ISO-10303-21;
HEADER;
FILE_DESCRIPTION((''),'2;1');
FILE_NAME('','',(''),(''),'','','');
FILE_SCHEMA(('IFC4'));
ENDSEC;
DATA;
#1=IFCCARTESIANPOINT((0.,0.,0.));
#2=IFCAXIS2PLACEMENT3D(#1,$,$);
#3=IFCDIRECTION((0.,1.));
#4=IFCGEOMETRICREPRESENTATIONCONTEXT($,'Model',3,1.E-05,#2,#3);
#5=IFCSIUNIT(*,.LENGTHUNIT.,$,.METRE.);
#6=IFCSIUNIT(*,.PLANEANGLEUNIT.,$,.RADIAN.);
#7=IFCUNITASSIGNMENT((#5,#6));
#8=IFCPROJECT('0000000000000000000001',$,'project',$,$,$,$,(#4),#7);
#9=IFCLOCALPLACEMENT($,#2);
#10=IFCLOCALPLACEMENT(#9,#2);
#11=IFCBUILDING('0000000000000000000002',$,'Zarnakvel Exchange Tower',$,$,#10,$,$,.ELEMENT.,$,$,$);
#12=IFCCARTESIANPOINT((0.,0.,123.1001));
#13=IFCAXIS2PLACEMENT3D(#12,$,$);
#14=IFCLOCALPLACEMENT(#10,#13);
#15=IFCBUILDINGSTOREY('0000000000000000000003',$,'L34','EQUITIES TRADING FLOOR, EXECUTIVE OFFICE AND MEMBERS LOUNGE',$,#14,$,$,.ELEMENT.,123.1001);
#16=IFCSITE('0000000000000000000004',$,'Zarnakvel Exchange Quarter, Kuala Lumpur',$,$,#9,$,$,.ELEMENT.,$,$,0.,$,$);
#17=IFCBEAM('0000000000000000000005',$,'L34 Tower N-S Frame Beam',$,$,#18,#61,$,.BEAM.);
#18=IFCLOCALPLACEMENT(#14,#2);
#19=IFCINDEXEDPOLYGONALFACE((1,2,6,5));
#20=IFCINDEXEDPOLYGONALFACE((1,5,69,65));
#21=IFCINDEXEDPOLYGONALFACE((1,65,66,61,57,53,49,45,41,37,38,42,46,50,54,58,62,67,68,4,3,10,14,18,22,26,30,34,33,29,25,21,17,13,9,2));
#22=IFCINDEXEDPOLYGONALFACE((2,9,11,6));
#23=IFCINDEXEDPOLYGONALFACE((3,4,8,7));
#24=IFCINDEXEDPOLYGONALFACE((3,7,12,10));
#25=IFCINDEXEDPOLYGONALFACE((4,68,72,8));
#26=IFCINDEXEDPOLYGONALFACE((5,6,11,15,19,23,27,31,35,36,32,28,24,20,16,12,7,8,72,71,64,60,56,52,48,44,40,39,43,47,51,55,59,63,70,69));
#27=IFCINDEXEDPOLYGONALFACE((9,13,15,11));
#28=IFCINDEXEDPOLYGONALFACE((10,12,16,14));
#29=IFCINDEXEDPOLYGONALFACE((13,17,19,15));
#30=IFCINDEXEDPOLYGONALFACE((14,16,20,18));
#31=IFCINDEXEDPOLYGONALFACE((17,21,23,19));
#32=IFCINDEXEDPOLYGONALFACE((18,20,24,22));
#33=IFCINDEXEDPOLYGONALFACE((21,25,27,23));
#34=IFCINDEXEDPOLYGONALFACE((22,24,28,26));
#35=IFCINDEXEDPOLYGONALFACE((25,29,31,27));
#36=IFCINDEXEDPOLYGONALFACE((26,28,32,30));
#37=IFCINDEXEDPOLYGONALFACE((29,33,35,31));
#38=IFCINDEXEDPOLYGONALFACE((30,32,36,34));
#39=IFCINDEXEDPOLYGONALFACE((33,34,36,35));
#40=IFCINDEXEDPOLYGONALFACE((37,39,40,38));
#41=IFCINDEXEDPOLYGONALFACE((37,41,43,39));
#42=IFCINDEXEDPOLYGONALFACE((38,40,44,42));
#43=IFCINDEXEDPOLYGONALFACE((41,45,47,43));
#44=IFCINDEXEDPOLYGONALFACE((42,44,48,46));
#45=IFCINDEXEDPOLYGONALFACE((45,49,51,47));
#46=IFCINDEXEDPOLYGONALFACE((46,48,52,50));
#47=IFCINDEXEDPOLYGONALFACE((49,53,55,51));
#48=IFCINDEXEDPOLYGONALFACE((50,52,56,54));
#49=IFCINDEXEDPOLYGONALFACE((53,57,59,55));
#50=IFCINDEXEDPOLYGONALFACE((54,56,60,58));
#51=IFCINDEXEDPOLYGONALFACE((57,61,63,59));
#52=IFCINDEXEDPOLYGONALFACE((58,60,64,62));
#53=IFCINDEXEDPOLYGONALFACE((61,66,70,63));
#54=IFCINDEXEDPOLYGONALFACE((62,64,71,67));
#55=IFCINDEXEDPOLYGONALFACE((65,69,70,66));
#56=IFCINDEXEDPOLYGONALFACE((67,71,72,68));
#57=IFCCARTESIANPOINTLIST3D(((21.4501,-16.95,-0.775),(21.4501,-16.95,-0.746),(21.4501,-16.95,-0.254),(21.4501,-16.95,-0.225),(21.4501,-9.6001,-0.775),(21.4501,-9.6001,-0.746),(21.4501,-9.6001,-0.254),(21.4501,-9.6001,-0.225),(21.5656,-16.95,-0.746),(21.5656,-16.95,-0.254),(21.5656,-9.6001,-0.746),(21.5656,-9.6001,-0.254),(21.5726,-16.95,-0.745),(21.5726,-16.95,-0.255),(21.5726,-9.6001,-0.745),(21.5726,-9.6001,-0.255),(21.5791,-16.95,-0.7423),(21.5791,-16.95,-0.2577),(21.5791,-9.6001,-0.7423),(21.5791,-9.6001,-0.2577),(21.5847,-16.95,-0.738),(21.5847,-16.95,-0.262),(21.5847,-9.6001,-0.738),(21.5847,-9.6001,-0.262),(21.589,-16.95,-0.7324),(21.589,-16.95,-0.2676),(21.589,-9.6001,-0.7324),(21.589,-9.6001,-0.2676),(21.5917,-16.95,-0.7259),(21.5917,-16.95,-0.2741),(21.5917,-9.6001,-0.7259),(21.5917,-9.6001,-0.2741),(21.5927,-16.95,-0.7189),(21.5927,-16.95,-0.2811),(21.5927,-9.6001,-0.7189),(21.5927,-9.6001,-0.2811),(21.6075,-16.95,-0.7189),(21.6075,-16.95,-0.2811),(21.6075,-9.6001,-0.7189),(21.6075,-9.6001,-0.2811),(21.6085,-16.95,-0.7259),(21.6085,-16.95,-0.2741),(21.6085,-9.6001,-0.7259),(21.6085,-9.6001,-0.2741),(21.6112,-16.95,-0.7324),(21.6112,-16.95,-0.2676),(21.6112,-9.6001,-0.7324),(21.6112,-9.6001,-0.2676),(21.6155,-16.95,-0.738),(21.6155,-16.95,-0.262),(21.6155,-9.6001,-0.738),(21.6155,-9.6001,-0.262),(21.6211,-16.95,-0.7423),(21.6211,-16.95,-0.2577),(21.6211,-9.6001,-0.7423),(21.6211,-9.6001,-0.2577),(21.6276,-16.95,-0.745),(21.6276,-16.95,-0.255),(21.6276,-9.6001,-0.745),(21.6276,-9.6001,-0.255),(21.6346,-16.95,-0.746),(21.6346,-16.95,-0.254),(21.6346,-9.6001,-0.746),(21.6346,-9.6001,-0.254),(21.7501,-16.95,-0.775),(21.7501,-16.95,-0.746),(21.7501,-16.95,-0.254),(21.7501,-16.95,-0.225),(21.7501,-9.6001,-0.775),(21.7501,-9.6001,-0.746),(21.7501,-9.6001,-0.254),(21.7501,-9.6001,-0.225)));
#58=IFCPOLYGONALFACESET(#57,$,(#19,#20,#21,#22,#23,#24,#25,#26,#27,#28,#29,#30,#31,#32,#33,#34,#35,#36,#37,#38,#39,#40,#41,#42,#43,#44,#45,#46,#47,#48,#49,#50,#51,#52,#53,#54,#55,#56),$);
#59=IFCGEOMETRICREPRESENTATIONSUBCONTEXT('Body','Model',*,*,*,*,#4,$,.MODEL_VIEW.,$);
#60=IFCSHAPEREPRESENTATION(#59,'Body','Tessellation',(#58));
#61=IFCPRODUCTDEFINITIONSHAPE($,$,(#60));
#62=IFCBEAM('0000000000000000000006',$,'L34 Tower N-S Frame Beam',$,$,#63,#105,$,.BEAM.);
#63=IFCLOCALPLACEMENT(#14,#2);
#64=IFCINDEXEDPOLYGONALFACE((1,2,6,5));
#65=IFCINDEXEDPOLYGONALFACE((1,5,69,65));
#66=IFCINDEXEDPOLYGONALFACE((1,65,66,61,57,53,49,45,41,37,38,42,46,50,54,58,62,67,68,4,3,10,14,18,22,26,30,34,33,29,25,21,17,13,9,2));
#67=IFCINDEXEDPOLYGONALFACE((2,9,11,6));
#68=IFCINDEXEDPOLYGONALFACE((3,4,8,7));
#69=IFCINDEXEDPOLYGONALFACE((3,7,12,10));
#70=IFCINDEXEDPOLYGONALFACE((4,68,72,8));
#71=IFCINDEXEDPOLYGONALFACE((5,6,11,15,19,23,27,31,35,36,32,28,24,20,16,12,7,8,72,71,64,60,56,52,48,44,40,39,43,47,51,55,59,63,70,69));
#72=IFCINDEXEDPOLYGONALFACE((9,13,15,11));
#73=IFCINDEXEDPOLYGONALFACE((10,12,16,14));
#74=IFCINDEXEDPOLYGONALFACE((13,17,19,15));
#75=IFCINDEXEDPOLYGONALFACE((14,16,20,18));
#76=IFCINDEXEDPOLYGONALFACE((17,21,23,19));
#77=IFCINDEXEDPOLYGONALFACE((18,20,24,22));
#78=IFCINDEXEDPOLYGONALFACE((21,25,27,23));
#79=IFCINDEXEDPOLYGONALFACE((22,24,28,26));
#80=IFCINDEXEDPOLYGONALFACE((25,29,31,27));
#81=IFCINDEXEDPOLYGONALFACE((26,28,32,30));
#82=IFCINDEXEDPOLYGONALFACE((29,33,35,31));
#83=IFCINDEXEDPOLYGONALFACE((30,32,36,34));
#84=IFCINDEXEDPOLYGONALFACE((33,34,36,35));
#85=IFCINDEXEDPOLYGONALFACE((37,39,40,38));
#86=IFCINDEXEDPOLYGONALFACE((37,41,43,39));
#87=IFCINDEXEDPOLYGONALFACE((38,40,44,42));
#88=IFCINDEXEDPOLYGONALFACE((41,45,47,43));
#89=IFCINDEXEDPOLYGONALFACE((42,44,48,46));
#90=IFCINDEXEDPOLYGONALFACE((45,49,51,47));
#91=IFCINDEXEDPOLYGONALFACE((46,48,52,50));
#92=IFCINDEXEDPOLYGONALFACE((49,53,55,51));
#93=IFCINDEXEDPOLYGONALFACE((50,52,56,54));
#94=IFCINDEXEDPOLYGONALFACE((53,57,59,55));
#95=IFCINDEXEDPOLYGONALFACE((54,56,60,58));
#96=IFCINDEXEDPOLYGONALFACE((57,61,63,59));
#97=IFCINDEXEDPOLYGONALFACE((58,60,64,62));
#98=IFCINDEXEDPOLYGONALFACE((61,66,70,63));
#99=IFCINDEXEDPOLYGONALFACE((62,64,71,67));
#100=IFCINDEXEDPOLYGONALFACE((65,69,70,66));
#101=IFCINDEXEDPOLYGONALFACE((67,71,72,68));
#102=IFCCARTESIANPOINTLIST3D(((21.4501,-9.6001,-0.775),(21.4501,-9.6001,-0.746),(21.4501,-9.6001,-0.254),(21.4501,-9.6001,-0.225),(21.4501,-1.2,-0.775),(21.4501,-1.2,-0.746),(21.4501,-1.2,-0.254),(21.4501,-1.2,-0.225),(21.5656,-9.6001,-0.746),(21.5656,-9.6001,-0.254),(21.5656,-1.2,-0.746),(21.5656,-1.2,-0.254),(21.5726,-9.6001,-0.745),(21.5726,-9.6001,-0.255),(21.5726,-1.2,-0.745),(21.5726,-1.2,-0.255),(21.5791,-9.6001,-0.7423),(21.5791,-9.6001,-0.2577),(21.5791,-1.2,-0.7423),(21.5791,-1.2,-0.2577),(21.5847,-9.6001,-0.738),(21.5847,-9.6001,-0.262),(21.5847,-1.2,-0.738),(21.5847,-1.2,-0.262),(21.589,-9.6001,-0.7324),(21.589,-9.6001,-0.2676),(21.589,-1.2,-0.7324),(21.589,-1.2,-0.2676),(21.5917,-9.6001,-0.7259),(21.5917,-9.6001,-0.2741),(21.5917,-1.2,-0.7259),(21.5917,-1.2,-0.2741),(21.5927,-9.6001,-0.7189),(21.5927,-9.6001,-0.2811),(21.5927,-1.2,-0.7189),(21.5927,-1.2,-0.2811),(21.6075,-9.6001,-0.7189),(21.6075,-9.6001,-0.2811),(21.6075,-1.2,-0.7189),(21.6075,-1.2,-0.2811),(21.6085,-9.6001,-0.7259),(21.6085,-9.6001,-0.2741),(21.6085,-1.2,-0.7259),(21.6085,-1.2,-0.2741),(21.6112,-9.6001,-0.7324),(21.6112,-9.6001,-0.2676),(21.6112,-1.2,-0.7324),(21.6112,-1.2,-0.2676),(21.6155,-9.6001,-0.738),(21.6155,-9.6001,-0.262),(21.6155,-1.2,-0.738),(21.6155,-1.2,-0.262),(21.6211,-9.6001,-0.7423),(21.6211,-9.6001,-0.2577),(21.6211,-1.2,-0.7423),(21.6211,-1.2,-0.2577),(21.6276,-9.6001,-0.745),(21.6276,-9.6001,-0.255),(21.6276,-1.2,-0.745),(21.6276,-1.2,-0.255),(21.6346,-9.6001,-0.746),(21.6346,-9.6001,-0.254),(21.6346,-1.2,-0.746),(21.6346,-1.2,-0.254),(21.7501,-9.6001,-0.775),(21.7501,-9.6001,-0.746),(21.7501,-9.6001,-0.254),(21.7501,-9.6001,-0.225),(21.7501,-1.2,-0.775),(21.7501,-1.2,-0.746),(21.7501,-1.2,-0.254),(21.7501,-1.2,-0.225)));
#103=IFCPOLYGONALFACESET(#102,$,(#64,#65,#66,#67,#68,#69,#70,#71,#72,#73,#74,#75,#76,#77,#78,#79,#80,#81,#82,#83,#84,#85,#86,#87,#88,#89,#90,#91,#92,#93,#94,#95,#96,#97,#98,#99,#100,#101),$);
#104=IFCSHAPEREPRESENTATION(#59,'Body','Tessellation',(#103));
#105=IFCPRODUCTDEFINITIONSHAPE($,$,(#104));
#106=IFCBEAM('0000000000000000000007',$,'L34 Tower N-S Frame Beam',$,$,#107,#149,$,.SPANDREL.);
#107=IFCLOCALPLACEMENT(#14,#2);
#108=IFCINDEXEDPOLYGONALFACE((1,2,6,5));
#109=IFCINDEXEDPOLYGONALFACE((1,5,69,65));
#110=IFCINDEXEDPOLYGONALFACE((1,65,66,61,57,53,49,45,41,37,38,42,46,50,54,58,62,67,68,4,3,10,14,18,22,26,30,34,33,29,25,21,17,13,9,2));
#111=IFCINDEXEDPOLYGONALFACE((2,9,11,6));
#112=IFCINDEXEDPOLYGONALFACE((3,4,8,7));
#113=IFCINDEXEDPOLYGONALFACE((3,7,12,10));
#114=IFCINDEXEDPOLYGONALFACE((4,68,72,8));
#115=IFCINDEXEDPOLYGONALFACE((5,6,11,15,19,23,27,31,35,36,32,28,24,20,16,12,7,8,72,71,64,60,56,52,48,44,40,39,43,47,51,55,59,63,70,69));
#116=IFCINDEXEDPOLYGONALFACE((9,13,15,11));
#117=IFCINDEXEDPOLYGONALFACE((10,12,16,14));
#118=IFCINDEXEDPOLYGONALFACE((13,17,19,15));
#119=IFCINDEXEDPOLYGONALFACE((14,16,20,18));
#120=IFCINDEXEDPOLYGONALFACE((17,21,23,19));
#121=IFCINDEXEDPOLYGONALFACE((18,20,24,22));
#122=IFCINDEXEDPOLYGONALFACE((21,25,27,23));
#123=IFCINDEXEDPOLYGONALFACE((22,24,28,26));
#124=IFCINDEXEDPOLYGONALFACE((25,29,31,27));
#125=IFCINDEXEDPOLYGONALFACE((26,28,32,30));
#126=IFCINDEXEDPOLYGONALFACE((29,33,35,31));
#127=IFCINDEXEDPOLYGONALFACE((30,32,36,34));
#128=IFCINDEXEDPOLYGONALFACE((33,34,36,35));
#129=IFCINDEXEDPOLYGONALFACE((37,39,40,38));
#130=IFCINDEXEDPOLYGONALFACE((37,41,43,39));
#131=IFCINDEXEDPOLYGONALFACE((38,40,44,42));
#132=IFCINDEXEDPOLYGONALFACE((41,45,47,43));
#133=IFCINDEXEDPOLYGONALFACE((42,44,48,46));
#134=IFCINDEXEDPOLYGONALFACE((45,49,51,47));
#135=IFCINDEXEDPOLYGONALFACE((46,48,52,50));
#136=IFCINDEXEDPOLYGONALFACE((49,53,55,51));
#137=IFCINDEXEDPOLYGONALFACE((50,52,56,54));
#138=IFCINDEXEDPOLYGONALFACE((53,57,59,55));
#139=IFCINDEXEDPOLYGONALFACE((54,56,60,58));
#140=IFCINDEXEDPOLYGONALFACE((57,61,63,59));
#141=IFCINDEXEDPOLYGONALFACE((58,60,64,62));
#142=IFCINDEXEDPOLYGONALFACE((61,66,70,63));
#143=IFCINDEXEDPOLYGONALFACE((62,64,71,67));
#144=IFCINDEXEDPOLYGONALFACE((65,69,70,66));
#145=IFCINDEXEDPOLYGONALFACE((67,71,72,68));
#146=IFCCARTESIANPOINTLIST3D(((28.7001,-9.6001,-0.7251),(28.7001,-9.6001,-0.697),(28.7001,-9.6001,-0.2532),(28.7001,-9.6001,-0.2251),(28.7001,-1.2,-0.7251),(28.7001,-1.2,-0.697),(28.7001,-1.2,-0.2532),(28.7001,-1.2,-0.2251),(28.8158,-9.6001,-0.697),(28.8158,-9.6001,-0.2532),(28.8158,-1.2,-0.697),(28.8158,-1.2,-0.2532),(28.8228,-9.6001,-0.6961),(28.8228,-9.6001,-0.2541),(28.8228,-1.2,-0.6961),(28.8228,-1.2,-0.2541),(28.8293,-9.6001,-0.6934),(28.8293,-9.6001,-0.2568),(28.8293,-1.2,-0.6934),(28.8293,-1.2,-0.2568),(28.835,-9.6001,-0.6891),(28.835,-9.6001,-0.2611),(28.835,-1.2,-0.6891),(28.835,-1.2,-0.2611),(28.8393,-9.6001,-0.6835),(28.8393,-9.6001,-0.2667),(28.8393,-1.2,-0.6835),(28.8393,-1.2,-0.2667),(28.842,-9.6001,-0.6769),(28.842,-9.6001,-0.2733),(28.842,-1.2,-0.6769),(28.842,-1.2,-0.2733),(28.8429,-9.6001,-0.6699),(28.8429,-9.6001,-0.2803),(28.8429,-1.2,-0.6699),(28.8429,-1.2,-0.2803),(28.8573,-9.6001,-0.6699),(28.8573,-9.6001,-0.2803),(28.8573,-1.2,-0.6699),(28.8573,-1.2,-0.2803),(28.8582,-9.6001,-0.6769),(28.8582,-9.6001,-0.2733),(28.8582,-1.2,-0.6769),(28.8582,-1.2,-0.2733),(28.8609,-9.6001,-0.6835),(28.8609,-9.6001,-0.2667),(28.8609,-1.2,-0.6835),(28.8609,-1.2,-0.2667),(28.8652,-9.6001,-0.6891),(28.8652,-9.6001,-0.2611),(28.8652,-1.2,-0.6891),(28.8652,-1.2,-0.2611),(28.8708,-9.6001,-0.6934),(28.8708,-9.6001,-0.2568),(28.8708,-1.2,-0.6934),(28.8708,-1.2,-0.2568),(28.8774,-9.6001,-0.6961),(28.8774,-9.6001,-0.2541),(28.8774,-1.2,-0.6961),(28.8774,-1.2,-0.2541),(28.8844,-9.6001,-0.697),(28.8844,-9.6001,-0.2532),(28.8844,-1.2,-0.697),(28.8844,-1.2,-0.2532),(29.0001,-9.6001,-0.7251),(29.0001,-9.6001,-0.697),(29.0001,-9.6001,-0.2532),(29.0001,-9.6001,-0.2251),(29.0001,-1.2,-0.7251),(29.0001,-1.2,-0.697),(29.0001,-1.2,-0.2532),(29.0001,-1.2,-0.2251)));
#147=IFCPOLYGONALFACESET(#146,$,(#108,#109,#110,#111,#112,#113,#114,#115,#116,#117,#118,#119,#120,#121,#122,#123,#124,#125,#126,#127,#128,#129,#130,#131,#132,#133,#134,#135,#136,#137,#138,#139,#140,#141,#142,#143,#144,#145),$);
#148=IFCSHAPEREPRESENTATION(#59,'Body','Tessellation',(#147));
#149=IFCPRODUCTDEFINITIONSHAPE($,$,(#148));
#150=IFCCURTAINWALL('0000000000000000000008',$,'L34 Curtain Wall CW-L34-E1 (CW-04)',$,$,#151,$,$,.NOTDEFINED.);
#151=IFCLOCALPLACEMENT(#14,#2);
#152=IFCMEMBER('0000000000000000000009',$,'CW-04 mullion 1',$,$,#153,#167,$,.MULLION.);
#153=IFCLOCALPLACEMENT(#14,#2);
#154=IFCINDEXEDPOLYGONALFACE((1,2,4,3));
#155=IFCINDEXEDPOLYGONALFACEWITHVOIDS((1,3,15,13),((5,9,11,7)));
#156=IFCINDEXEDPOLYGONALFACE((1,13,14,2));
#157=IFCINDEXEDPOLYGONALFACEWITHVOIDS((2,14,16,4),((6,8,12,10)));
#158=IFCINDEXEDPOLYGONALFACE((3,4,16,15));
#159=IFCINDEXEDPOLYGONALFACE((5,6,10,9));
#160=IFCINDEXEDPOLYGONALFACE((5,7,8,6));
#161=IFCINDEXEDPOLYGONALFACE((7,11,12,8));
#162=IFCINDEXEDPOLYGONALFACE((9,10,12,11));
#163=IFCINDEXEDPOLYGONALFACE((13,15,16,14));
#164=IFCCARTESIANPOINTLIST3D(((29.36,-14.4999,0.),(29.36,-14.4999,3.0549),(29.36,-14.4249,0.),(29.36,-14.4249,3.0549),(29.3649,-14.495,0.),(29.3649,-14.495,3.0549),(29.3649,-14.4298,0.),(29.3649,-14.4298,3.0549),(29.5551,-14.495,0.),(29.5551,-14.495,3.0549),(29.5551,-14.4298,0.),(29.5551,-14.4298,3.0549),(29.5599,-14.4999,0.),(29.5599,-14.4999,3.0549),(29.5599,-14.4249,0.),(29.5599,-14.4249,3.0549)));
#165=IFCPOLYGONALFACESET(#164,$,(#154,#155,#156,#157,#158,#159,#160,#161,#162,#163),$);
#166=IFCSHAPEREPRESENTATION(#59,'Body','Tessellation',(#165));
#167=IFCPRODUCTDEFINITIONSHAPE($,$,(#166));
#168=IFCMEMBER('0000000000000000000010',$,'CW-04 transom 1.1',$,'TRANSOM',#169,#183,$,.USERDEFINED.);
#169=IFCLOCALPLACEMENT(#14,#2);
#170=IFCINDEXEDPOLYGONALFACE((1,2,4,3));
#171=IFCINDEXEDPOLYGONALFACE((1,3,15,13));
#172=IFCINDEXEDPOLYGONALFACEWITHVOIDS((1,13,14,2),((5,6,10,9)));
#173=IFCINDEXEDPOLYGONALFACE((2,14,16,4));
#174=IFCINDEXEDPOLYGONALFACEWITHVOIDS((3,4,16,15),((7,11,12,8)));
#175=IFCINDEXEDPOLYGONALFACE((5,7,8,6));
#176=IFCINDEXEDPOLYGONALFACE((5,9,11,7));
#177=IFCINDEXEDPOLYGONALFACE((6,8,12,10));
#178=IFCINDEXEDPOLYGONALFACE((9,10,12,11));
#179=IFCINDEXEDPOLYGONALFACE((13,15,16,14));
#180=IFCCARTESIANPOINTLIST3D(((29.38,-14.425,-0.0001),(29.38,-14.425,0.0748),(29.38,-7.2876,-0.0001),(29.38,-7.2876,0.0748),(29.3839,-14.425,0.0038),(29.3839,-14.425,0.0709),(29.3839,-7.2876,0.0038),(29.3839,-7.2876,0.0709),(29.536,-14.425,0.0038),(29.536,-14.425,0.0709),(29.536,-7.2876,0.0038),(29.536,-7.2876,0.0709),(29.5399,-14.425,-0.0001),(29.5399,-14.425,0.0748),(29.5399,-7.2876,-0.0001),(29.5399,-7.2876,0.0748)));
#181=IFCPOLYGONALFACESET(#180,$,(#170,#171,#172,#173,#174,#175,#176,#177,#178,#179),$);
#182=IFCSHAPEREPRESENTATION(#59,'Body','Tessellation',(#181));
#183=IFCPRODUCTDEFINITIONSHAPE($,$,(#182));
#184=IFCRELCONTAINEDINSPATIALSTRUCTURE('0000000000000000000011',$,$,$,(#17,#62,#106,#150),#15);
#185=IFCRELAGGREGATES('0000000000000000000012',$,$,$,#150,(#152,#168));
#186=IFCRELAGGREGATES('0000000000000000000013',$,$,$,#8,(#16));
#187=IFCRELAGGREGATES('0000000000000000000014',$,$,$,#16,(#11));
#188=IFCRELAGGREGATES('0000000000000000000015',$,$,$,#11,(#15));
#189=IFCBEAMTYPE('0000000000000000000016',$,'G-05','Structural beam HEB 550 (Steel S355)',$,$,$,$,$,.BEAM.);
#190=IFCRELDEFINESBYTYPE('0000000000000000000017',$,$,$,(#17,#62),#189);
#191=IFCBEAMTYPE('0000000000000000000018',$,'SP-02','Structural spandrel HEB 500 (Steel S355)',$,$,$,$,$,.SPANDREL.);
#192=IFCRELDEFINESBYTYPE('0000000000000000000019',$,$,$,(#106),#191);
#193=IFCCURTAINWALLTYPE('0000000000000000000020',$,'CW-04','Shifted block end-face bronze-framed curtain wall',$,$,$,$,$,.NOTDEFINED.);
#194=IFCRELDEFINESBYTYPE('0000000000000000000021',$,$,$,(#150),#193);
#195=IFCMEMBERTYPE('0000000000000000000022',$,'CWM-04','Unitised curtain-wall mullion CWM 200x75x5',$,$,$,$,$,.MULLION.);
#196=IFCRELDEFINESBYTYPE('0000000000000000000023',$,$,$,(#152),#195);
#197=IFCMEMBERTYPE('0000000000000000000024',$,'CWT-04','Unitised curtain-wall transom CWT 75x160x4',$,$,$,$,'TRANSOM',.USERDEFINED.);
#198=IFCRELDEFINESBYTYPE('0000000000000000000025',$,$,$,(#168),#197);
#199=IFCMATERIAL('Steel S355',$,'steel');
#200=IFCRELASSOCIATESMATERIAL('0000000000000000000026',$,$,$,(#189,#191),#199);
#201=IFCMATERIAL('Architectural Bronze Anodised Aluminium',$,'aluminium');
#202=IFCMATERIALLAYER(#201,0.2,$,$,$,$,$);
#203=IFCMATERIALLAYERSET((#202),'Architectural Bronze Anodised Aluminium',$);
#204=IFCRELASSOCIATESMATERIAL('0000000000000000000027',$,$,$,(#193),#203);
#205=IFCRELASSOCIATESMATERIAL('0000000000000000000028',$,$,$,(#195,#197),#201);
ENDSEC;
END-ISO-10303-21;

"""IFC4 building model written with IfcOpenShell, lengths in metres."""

from ifc_helpers import new_model, si_unit, direction, frame, origin, origin_2d, place, context, subcontext, project, spatial, hollow_rectangle, i_section, extrude, source, transform, mapped, material, layer, layer_set, material_profile, profile_set, type_object, element, aggregate, save


model = new_model("IFC4")

# Units and contexts
model_context = context("Model", 3, precision=1e-05, world=origin(), true_north=direction((0.0, 1.0)))
body_context = subcontext(model_context, "Body", "Model", "MODEL_VIEW")
ifc_project = project(units=[si_unit("LENGTHUNIT", "METRE"), si_unit("PLANEANGLEUNIT", "RADIAN")], contexts=[model_context])

# Site, building, storey
site_placement = place(None, origin())
site = spatial("IfcSite", under=ifc_project, at=site_placement, Name="Zarnakvel Exchange Quarter, Kuala Lumpur", CompositionType="ELEMENT", RefElevation=0.0)
building_placement = place(site_placement, origin())
building = spatial("IfcBuilding", under=site, at=building_placement, Name="Zarnakvel Exchange Tower", CompositionType="ELEMENT")
storey_placement = place(building_placement, frame((0.0, 0.0, 123.1001)))
storey = spatial("IfcBuildingStorey", under=building, at=storey_placement, Name="L34", Description="EQUITIES TRADING FLOOR, EXECUTIVE OFFICE AND MEMBERS LOUNGE", CompositionType="ELEMENT", Elevation=123.1001)

# Shared definitions
ifc_material_1 = material(Name="Steel S355", Category="steel")

# Beams
ifc_material_profile_1 = material_profile(ifc_material_1, i_section(OverallWidth=0.3, OverallDepth=0.55, WebThickness=0.0149, FlangeThickness=0.0291, FilletRadius=0.0271, at=origin_2d()))
ifc_profile_set_1 = profile_set([ifc_material_profile_1], Name="Steel S355")
beam_type_1 = type_object("IfcBeamType", Name="G-05", Description="Structural beam HEB 550 (Steel S355)", PredefinedType="BEAM", material=ifc_profile_set_1)
beam_1_placement = place(storey_placement, frame((21.6001, -16.95, -0.5), z_axis=(0.0, 1.0, 0.0), x_axis=(-1.0, 0.0, 0.0)))
element("IfcBeam", 1, at=beam_1_placement, inside=storey, type_object=beam_type_1, Name="L34 Tower N-S Frame Beam", PredefinedType="BEAM", context=body_context, shape_type="SweptSolid", body=[
    extrude(i_section(OverallWidth=0.3, OverallDepth=0.55, WebThickness=0.0149, FlangeThickness=0.0291, FilletRadius=0.0271, at=origin_2d()), origin(), (0.0, 0.0, 1.0), 7.3499),
])
beam_2_placement = place(storey_placement, frame((21.6001, -9.6001, -0.5), z_axis=(0.0, 1.0, 0.0), x_axis=(-1.0, 0.0, 0.0)))
element("IfcBeam", 2, at=beam_2_placement, inside=storey, type_object=beam_type_1, Name="L34 Tower N-S Frame Beam", PredefinedType="BEAM", context=body_context, shape_type="SweptSolid", body=[
    extrude(i_section(OverallWidth=0.3, OverallDepth=0.55, WebThickness=0.0149, FlangeThickness=0.0291, FilletRadius=0.0271, at=origin_2d()), origin(), (0.0, 0.0, 1.0), 8.4001),
])
ifc_material_profile_2 = material_profile(ifc_material_1, i_section(OverallWidth=0.3, OverallDepth=0.5, WebThickness=0.0144, FlangeThickness=0.0281, FilletRadius=0.0271, at=origin_2d()))
ifc_profile_set_2 = profile_set([ifc_material_profile_2], Name="Steel S355")
beam_type_2 = type_object("IfcBeamType", Name="SP-02", Description="Structural spandrel HEB 500 (Steel S355)", PredefinedType="SPANDREL", material=ifc_profile_set_2)
beam_3_placement = place(storey_placement, frame((28.8501, -9.6001, -0.4751), z_axis=(0.0, 1.0, 0.0), x_axis=(-1.0, 0.0, 0.0)))
element("IfcBeam", 3, at=beam_3_placement, inside=storey, type_object=beam_type_2, Name="L34 Tower N-S Frame Beam", PredefinedType="SPANDREL", context=body_context, shape_type="SweptSolid", body=[
    extrude(i_section(OverallWidth=0.3, OverallDepth=0.5, WebThickness=0.0144, FlangeThickness=0.0281, FilletRadius=0.0271, at=origin_2d()), origin(), (0.0, 0.0, 1.0), 8.4001),
])

# Curtain wall, members
ifc_material_2 = material(Name="Architectural Bronze Anodised Aluminium", Category="aluminium")
ifc_layer_1 = layer(ifc_material_2, 0.2)
ifc_layer_set_1 = layer_set([ifc_layer_1], Name="Architectural Bronze Anodised Aluminium")
curtain_wall_type = type_object("IfcCurtainWallType", Name="CW-04", Description="Shifted block end-face bronze-framed curtain wall", PredefinedType="NOTDEFINED", material=ifc_layer_set_1)
curtain_wall_placement = place(storey_placement, origin())
curtain_wall = element("IfcCurtainWall", 4, at=curtain_wall_placement, inside=storey, type_object=curtain_wall_type, Name="L34 Curtain Wall CW-L34-E1 (CW-04)", PredefinedType="NOTDEFINED")
ifc_material_profile_3 = material_profile(ifc_material_2, hollow_rectangle(XDim=0.2, YDim=0.075, WallThickness=0.0049, at=origin_2d()))
ifc_profile_set_3 = profile_set([ifc_material_profile_3], Name="Architectural Bronze Anodised Aluminium")
member_type_1 = type_object("IfcMemberType", Name="CWM-04", Description="Unitised curtain-wall mullion CWM 200x75x5", PredefinedType="MULLION", material=ifc_profile_set_3)
shared_shape_1 = source(origin(), body_context, "Body", "SweptSolid", [
    extrude(hollow_rectangle(XDim=0.2, YDim=0.075, WallThickness=0.0049, at=origin_2d()), origin(), (0.0, 0.0, 1.0), 3.0549),
])
member_1_placement = place(storey_placement, frame((29.46, -14.4624, 0.0), z_axis=(0.0, 0.0, 1.0), x_axis=(-1.0, 0.0, 0.0)))
member_1 = element("IfcMember", 5, at=member_1_placement, type_object=member_type_1, Name="CW-04 mullion 1", PredefinedType="MULLION", context=body_context, shape_type="MappedRepresentation", body=[
    mapped(shared_shape_1, transform((0.0, 0.0, 0.0), x_axis=(1.0, 0.0, 0.0), y_axis=(0.0, 1.0, 0.0), z_axis=(0.0, 0.0, 1.0), scale=1.0)),
])
ifc_material_profile_4 = material_profile(ifc_material_2, hollow_rectangle(XDim=0.1599, YDim=0.075, WallThickness=0.0039, at=origin_2d()))
ifc_profile_set_4 = profile_set([ifc_material_profile_4], Name="Architectural Bronze Anodised Aluminium")
member_type_2 = type_object("IfcMemberType", Name="CWT-04", Description="Unitised curtain-wall transom CWT 75x160x4", ElementType="TRANSOM", PredefinedType="USERDEFINED", material=ifc_profile_set_4)
shared_shape_2 = source(origin(), body_context, "Body", "SweptSolid", [
    extrude(hollow_rectangle(XDim=0.1599, YDim=0.075, WallThickness=0.0039, at=origin_2d()), origin(), (0.0, 0.0, 1.0), 7.1375),
])
member_2_placement = place(storey_placement, frame((29.46, -14.425, 0.0374), z_axis=(0.0, 1.0, 0.0), x_axis=(-1.0, 0.0, 0.0)))
member_2 = element("IfcMember", 6, at=member_2_placement, type_object=member_type_2, Name="CW-04 transom 1.1", ObjectType="TRANSOM", PredefinedType="USERDEFINED", context=body_context, shape_type="MappedRepresentation", body=[
    mapped(shared_shape_2, transform((0.0, 0.0, 0.0), x_axis=(1.0, 0.0, 0.0), y_axis=(0.0, 1.0, 0.0), z_axis=(0.0, 0.0, 1.0), scale=1.0)),
])
aggregate(curtain_wall, [member_1, member_2])

save(model, "model.ifc")
